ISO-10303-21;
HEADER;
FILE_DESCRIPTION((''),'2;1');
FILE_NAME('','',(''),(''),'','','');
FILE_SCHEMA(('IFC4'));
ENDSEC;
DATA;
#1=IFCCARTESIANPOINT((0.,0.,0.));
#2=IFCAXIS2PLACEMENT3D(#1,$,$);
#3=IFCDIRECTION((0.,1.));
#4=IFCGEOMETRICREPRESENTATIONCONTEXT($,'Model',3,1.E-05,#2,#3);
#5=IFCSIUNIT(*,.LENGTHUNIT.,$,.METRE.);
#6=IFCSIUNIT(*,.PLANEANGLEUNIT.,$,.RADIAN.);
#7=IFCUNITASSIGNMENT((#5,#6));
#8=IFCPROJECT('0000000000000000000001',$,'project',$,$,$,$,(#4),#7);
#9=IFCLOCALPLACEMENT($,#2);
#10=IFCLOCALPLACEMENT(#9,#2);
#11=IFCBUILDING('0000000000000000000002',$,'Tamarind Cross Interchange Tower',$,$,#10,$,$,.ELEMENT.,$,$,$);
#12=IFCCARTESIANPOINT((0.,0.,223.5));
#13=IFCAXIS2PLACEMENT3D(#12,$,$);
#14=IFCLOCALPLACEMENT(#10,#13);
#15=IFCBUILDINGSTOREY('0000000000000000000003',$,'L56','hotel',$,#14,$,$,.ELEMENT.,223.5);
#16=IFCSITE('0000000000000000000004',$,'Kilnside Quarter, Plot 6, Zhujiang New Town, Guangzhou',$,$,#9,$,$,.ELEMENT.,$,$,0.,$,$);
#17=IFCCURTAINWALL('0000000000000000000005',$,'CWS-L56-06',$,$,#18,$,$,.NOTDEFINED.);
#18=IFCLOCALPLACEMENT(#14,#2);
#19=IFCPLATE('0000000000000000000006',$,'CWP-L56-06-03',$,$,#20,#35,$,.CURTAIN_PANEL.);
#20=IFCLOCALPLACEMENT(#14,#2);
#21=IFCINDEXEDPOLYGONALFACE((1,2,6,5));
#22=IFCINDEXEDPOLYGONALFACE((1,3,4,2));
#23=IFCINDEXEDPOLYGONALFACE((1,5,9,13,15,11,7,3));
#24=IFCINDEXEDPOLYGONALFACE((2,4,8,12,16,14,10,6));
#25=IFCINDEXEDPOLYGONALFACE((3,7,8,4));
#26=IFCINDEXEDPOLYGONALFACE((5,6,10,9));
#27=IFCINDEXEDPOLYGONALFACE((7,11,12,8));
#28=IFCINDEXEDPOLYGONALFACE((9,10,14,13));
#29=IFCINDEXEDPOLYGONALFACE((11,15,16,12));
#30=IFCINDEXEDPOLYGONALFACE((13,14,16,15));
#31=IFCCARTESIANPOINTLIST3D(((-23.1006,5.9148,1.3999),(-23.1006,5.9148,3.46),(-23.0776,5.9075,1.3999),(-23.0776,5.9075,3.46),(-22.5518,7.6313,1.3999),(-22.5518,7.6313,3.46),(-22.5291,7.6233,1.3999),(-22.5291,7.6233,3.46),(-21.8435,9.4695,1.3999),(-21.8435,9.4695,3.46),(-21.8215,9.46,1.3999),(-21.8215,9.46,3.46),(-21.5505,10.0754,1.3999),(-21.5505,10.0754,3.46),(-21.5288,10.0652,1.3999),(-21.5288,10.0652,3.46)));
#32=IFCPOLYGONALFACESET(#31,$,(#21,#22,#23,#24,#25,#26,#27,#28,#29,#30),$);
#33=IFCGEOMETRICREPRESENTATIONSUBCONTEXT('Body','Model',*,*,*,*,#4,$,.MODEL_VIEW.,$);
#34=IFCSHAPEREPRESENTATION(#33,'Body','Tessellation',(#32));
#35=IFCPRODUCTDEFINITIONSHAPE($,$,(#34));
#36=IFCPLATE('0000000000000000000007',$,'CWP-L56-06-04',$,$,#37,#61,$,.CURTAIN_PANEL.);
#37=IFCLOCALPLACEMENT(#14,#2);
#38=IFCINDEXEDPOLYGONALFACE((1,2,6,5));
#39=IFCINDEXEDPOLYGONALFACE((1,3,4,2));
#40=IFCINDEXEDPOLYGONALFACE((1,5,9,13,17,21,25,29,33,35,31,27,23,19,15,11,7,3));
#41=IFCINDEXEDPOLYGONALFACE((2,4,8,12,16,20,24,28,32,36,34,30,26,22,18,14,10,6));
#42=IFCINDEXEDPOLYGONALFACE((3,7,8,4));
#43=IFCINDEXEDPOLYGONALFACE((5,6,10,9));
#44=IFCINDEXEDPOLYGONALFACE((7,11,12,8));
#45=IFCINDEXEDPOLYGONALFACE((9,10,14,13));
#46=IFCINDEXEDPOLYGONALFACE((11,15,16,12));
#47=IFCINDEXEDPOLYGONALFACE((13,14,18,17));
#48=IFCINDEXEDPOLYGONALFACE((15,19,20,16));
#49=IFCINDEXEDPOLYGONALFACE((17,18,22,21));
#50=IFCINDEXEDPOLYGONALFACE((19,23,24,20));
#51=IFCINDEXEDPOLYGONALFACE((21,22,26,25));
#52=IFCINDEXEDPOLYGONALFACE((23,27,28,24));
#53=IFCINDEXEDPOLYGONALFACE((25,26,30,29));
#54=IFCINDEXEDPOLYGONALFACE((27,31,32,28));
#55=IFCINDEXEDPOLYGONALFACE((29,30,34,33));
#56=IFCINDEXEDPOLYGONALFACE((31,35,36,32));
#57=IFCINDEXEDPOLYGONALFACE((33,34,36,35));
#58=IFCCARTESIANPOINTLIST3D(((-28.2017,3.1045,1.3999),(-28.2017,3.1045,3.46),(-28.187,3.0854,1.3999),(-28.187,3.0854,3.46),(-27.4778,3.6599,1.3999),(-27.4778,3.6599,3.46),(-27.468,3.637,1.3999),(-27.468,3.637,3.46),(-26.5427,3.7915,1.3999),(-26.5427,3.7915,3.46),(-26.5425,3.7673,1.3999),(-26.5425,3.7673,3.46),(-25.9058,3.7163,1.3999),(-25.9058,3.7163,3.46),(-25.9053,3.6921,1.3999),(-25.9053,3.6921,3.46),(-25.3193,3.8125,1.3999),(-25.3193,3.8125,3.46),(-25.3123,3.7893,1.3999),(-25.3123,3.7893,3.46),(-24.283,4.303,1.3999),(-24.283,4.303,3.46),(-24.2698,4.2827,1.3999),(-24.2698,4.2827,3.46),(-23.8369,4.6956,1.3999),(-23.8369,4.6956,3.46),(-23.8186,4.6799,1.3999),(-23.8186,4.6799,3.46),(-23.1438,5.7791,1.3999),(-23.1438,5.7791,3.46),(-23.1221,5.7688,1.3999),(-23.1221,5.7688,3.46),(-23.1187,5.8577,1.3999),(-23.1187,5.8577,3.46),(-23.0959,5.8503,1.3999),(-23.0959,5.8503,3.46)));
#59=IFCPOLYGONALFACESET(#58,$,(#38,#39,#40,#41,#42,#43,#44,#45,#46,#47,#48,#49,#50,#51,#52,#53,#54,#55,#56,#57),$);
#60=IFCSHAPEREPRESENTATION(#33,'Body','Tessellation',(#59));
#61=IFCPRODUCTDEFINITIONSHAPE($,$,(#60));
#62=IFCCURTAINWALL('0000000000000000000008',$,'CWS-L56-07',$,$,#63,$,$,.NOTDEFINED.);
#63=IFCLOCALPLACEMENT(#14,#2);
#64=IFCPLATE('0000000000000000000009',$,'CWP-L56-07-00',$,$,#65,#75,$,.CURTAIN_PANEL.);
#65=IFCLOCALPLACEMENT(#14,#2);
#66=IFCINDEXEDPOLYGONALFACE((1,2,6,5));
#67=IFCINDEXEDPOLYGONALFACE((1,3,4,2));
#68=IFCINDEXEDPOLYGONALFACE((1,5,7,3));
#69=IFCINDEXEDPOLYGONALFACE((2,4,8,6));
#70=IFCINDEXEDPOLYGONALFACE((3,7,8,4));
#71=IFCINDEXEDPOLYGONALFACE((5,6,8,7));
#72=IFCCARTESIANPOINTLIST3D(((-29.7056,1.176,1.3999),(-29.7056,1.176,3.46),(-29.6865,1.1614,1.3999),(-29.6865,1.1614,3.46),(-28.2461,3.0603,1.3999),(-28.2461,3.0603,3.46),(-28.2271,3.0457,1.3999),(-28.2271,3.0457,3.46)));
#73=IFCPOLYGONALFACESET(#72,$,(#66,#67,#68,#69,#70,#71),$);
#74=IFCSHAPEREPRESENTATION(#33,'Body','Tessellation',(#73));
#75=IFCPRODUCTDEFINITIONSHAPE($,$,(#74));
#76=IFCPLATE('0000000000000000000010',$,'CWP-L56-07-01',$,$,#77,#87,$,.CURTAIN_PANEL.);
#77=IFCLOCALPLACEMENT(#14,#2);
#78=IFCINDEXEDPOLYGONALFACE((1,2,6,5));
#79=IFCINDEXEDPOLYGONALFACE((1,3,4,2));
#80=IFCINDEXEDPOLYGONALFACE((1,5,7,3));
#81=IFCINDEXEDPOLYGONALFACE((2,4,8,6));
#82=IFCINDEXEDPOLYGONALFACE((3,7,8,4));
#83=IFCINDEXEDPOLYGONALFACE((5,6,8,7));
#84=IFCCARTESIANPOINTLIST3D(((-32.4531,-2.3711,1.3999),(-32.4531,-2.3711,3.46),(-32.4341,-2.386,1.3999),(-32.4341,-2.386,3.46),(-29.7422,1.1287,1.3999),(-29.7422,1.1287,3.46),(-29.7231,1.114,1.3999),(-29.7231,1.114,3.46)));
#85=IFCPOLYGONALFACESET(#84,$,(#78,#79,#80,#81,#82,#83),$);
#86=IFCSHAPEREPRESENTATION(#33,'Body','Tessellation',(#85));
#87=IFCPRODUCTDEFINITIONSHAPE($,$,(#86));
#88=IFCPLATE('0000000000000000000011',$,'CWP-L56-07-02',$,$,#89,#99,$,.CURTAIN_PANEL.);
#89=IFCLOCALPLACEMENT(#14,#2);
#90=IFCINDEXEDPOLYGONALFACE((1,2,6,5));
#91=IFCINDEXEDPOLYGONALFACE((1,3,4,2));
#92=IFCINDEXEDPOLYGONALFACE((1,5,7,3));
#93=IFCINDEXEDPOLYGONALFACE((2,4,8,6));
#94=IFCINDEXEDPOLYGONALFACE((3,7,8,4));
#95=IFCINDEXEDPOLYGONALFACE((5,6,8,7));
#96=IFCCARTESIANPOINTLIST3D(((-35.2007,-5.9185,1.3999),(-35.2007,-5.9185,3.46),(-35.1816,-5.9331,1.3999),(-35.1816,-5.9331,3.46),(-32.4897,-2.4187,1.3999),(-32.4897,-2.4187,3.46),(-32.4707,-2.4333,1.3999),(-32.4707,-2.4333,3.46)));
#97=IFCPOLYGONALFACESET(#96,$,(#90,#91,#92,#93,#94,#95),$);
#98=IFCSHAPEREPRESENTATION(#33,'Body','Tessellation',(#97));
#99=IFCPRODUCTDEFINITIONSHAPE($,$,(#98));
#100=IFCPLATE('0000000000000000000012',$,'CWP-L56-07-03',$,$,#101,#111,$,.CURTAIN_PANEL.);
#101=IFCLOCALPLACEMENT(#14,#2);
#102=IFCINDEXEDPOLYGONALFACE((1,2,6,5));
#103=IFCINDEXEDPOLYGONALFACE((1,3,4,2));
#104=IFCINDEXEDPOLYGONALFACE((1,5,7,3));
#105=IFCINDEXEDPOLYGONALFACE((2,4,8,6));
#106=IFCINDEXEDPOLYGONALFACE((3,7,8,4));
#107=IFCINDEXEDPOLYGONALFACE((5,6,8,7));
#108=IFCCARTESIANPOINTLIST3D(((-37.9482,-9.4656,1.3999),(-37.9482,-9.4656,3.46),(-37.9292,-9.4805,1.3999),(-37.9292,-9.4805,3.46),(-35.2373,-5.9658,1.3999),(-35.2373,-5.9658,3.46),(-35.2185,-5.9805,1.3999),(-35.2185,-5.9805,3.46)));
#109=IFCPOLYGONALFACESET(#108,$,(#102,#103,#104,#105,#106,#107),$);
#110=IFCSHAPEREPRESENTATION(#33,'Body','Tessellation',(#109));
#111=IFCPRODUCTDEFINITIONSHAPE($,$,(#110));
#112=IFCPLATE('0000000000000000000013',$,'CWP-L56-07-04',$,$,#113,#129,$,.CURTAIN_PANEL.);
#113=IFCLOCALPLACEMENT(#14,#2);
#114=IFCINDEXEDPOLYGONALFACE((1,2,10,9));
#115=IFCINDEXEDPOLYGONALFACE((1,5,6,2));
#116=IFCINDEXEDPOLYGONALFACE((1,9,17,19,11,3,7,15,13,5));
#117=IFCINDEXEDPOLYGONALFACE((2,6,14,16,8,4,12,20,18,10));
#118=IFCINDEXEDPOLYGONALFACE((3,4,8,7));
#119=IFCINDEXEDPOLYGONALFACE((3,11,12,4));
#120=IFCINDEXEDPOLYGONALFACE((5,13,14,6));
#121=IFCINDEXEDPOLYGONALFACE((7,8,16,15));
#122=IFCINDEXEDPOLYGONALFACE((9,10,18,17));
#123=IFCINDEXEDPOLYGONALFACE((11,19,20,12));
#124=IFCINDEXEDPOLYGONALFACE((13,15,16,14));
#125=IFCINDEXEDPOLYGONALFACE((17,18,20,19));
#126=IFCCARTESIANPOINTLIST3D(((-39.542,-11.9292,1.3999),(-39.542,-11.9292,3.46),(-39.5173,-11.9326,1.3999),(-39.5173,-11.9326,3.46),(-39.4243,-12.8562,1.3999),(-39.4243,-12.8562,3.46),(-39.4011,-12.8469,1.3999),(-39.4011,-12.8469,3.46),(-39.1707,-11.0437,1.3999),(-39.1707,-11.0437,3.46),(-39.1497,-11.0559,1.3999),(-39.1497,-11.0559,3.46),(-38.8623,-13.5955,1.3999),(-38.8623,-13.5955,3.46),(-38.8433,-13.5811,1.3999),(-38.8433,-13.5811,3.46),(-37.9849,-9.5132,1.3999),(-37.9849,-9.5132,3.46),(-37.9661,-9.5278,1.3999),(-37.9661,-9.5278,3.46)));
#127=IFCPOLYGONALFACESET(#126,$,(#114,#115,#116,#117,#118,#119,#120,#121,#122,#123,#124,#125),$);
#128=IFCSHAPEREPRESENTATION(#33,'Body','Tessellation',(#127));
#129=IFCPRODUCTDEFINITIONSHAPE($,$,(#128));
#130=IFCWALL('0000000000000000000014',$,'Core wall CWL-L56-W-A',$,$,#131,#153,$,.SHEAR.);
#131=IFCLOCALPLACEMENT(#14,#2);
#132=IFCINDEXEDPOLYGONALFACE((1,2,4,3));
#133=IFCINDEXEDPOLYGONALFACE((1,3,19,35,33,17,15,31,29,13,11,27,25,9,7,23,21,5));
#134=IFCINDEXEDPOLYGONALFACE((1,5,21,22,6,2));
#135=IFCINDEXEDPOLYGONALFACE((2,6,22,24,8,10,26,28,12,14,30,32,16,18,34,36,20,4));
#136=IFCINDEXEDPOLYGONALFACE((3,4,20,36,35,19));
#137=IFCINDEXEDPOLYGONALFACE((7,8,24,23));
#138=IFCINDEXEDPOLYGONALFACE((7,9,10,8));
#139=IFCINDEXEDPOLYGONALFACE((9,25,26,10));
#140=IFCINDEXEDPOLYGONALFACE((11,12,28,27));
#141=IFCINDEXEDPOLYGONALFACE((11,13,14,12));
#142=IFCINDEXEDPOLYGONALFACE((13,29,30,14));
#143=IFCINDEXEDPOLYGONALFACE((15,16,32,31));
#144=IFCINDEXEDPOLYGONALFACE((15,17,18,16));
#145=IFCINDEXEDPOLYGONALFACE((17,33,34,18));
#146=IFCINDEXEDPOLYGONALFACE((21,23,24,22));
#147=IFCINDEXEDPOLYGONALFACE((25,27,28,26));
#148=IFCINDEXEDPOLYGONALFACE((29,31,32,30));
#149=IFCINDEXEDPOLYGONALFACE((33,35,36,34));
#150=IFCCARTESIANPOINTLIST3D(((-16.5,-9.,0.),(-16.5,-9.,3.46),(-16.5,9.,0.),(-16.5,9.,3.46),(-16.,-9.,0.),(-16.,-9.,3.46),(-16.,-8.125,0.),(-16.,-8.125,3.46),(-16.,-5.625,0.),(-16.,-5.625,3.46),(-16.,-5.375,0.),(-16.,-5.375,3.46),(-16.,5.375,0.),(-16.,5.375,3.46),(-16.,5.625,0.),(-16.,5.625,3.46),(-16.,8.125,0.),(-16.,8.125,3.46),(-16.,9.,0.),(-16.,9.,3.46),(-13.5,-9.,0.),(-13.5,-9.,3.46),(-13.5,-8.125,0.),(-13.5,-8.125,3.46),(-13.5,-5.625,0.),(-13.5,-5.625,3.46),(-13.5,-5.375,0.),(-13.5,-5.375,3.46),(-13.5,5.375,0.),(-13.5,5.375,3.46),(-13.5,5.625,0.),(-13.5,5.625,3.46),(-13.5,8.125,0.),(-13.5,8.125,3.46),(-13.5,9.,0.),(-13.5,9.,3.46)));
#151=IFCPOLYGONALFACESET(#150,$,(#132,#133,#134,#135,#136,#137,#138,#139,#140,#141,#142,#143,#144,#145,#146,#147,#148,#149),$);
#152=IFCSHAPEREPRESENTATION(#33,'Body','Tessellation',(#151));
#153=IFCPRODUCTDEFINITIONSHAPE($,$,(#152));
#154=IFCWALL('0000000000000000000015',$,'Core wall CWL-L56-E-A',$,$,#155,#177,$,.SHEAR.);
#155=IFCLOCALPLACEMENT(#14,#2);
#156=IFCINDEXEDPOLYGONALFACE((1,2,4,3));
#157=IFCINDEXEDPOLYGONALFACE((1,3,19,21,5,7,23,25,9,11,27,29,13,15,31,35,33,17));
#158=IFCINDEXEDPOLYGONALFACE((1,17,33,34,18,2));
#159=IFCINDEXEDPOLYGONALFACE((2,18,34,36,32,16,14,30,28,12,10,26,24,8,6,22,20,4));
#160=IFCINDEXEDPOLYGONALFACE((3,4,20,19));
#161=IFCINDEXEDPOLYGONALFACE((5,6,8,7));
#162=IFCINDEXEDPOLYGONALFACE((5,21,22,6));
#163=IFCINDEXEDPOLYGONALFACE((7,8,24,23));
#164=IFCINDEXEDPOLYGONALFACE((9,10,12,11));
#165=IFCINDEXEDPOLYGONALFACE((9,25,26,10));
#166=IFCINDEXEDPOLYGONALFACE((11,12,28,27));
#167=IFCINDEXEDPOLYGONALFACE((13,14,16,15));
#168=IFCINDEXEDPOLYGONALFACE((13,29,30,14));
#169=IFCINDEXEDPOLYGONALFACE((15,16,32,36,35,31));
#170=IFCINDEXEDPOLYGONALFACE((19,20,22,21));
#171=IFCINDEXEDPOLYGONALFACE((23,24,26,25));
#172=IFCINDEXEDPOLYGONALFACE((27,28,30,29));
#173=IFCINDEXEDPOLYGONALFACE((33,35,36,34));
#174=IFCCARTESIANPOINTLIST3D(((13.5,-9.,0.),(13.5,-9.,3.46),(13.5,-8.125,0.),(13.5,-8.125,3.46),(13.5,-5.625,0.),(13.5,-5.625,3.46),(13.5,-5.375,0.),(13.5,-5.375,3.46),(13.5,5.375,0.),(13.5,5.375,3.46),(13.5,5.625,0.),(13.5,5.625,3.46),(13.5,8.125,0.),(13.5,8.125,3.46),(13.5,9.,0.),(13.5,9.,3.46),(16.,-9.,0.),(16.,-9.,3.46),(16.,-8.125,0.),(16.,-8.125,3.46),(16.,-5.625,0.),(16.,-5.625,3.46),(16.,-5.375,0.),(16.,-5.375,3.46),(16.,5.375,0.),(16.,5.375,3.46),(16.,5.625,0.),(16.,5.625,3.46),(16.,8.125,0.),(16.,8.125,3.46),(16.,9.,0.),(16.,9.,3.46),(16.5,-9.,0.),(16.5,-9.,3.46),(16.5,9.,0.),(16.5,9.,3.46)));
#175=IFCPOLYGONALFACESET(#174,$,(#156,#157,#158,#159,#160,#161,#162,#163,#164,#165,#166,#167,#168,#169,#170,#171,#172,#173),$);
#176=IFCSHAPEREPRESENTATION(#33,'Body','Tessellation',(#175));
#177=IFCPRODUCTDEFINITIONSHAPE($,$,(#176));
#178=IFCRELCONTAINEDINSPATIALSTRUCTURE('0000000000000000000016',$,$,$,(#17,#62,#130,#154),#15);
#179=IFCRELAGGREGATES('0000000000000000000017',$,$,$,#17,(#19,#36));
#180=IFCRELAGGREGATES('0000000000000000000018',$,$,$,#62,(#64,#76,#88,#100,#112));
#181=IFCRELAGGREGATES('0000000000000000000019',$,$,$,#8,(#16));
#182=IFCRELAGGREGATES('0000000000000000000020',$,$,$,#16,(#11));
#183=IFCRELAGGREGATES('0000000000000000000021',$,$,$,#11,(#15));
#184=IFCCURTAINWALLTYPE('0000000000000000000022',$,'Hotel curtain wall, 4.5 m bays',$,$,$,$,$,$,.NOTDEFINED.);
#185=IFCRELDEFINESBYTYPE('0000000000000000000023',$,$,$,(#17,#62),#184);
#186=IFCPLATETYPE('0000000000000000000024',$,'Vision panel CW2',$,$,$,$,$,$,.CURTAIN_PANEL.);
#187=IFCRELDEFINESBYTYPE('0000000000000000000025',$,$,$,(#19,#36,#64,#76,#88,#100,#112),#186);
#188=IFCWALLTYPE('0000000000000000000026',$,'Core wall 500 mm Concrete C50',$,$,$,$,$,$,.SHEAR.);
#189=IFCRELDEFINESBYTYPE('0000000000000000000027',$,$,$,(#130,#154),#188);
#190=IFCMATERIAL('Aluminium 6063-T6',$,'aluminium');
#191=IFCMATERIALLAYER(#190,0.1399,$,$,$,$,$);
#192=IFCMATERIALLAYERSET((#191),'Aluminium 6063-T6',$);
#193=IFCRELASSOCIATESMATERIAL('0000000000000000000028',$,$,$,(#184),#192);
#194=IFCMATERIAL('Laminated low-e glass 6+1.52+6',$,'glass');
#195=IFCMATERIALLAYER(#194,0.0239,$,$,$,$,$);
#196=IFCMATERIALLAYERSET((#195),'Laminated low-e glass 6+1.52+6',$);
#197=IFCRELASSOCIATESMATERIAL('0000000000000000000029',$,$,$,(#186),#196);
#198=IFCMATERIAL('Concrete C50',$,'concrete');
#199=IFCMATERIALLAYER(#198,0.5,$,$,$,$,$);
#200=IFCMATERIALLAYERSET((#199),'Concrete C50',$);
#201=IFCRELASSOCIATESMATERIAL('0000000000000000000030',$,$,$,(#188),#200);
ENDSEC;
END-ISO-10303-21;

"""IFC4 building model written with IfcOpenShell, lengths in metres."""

from ifc_helpers import new_model, si_unit, direction, frame, origin, place, context, subcontext, project, spatial, polyline, outline, extrude, material, layer, layer_set, type_object, element, aggregate, save


model = new_model("IFC4")

# Units and contexts
model_context = context("Model", 3, precision=1e-05, world=origin(), true_north=direction((0.0, 1.0)))
body_context = subcontext(model_context, "Body", "Model", "MODEL_VIEW")
ifc_project = project(units=[si_unit("LENGTHUNIT", "METRE"), si_unit("PLANEANGLEUNIT", "RADIAN")], contexts=[model_context])

# Site, building, storey
site_placement = place(None, origin())
site = spatial("IfcSite", under=ifc_project, at=site_placement, Name="Kilnside Quarter, Plot 6, Zhujiang New Town, Guangzhou", CompositionType="ELEMENT", RefElevation=0.0)
building_placement = place(site_placement, origin())
building = spatial("IfcBuilding", under=site, at=building_placement, Name="Tamarind Cross Interchange Tower", CompositionType="ELEMENT")
storey_placement = place(building_placement, frame((0.0, 0.0, 223.5)))
storey = spatial("IfcBuildingStorey", under=building, at=storey_placement, Name="L56", Description="hotel", CompositionType="ELEMENT", Elevation=223.5)

# Curtain walls, plates
ifc_material_1 = material(Name="Aluminium 6063-T6", Category="aluminium")
ifc_layer_1 = layer(ifc_material_1, 0.1399)
ifc_layer_set_1 = layer_set([ifc_layer_1], Name="Aluminium 6063-T6")
curtain_wall_type = type_object("IfcCurtainWallType", Name="Hotel curtain wall, 4.5 m bays", PredefinedType="NOTDEFINED", material=ifc_layer_set_1)
ifc_material_2 = material(Name="Laminated low-e glass 6+1.52+6", Category="glass")
ifc_layer_2 = layer(ifc_material_2, 0.0239)
ifc_layer_set_2 = layer_set([ifc_layer_2], Name="Laminated low-e glass 6+1.52+6")
plate_type = type_object("IfcPlateType", Name="Vision panel CW2", PredefinedType="CURTAIN_PANEL", material=ifc_layer_set_2)
curtain_wall_1_placement = place(storey_placement, origin())
curtain_wall_1 = element("IfcCurtainWall", 1, at=curtain_wall_1_placement, inside=storey, type_object=curtain_wall_type, Name="CWS-L56-06", PredefinedType="NOTDEFINED")
plate_1_placement = place(storey_placement, frame((0.0, 0.0, 1.3999)))
plate_1 = element("IfcPlate", 2, at=plate_1_placement, type_object=plate_type, Name="CWP-L56-06-03", PredefinedType="CURTAIN_PANEL", context=body_context, shape_type="SweptSolid", body=[
    extrude(outline(polyline([(-21.5288, 10.0652), (-21.8215, 9.46), (-22.5291, 7.6233), (-23.0776, 5.9075), (-23.1006, 5.9148), (-22.5518, 7.6313), (-21.8435, 9.4695), (-21.5505, 10.0754), (-21.5288, 10.0652)])), origin(), (0.0, 0.0, 1.0), 2.0601),
])
plate_2_placement = place(storey_placement, frame((0.0, 0.0, 1.3999)))
plate_2 = element("IfcPlate", 3, at=plate_2_placement, type_object=plate_type, Name="CWP-L56-06-04", PredefinedType="CURTAIN_PANEL", context=body_context, shape_type="SweptSolid", body=[
    extrude(outline(polyline([(-23.0959, 5.8503), (-23.1221, 5.7688), (-23.8186, 4.6799), (-24.2698, 4.2827), (-25.3123, 3.7893), (-25.9053, 3.6921), (-26.5425, 3.7673), (-27.468, 3.637), (-28.187, 3.0854), (-28.2017, 3.1045), (-27.4778, 3.6599), (-26.5427, 3.7915), (-25.9058, 3.7163), (-25.3193, 3.8125), (-24.283, 4.303), (-23.8369, 4.6956), (-23.1438, 5.7791), (-23.1187, 5.8577), (-23.0959, 5.8503)])), origin(), (0.0, 0.0, 1.0), 2.0601),
])
aggregate(curtain_wall_1, [plate_1, plate_2])
curtain_wall_2_placement = place(storey_placement, origin())
curtain_wall_2 = element("IfcCurtainWall", 4, at=curtain_wall_2_placement, inside=storey, type_object=curtain_wall_type, Name="CWS-L56-07", PredefinedType="NOTDEFINED")
plate_3_placement = place(storey_placement, frame((0.0, 0.0, 1.3999)))
plate_3 = element("IfcPlate", 5, at=plate_3_placement, type_object=plate_type, Name="CWP-L56-07-00", PredefinedType="CURTAIN_PANEL", context=body_context, shape_type="SweptSolid", body=[
    extrude(outline(polyline([(-28.2271, 3.0457), (-29.6865, 1.1614), (-29.7056, 1.176), (-28.2461, 3.0603), (-28.2271, 3.0457)])), origin(), (0.0, 0.0, 1.0), 2.0601),
])
plate_4_placement = place(storey_placement, frame((0.0, 0.0, 1.3999)))
plate_4 = element("IfcPlate", 6, at=plate_4_placement, type_object=plate_type, Name="CWP-L56-07-01", PredefinedType="CURTAIN_PANEL", context=body_context, shape_type="SweptSolid", body=[
    extrude(outline(polyline([(-29.7231, 1.114), (-32.4341, -2.386), (-32.4531, -2.3711), (-29.7422, 1.1287), (-29.7231, 1.114)])), origin(), (0.0, 0.0, 1.0), 2.0601),
])
plate_5_placement = place(storey_placement, frame((0.0, 0.0, 1.3999)))
plate_5 = element("IfcPlate", 7, at=plate_5_placement, type_object=plate_type, Name="CWP-L56-07-02", PredefinedType="CURTAIN_PANEL", context=body_context, shape_type="SweptSolid", body=[
    extrude(outline(polyline([(-32.4707, -2.4333), (-35.1816, -5.9331), (-35.2007, -5.9185), (-32.4897, -2.4187), (-32.4707, -2.4333)])), origin(), (0.0, 0.0, 1.0), 2.0601),
])
plate_6_placement = place(storey_placement, frame((0.0, 0.0, 1.3999)))
plate_6 = element("IfcPlate", 8, at=plate_6_placement, type_object=plate_type, Name="CWP-L56-07-03", PredefinedType="CURTAIN_PANEL", context=body_context, shape_type="SweptSolid", body=[
    extrude(outline(polyline([(-35.2185, -5.9805), (-37.9292, -9.4805), (-37.9482, -9.4656), (-35.2373, -5.9658), (-35.2185, -5.9805)])), origin(), (0.0, 0.0, 1.0), 2.0601),
])
plate_7_placement = place(storey_placement, frame((0.0, 0.0, 1.3999)))
plate_7 = element("IfcPlate", 9, at=plate_7_placement, type_object=plate_type, Name="CWP-L56-07-04", PredefinedType="CURTAIN_PANEL", context=body_context, shape_type="SweptSolid", body=[
    extrude(outline(polyline([(-37.9661, -9.5278), (-39.1497, -11.0559), (-39.5173, -11.9326), (-39.4011, -12.8469), (-38.8433, -13.5811), (-38.8623, -13.5955), (-39.4243, -12.8562), (-39.542, -11.9292), (-39.1707, -11.0437), (-37.9849, -9.5132), (-37.9661, -9.5278)])), origin(), (0.0, 0.0, 1.0), 2.0601),
])
aggregate(curtain_wall_2, [plate_3, plate_4, plate_5, plate_6, plate_7])

# Walls
ifc_material_3 = material(Name="Concrete C50", Category="concrete")
ifc_layer_3 = layer(ifc_material_3, 0.5)
ifc_layer_set_3 = layer_set([ifc_layer_3], Name="Concrete C50")
wall_type_1 = type_object("IfcWallType", Name="Core wall 500 mm Concrete C50", PredefinedType="SHEAR", material=ifc_layer_set_3)
wall_1_placement = place(storey_placement, origin())
element("IfcWall", 10, at=wall_1_placement, inside=storey, type_object=wall_type_1, Name="Core wall CWL-L56-W-A", PredefinedType="SHEAR", context=body_context, shape_type="SweptSolid", body=[
    extrude(outline(polyline([(-13.5, -8.125), (-16.0, -8.125), (-16.0, -5.625), (-13.5, -5.625), (-13.5, -5.375), (-16.0, -5.375), (-16.0, 5.375), (-13.5, 5.375), (-13.5, 5.625), (-16.0, 5.625), (-16.0, 8.125), (-13.5, 8.125), (-13.5, 9.0), (-16.0, 9.0), (-16.5, 9.0), (-16.5, -9.0), (-16.0, -9.0), (-13.5, -9.0), (-13.5, -8.125)])), origin(), (0.0, 0.0, 1.0), 3.46),
])
wall_2_placement = place(storey_placement, origin())
element("IfcWall", 11, at=wall_2_placement, inside=storey, type_object=wall_type_1, Name="Core wall CWL-L56-E-A", PredefinedType="SHEAR", context=body_context, shape_type="SweptSolid", body=[
    extrude(outline(polyline([(13.5, -8.125), (13.5, -9.0), (16.0, -9.0), (16.5, -9.0), (16.5, 9.0), (16.0, 9.0), (13.5, 9.0), (13.5, 8.125), (16.0, 8.125), (16.0, 5.625), (13.5, 5.625), (13.5, 5.375), (16.0, 5.375), (16.0, -5.375), (13.5, -5.375), (13.5, -5.625), (16.0, -5.625), (16.0, -8.125), (13.5, -8.125)])), origin(), (0.0, 0.0, 1.0), 3.46),
])

save(model, "model.ifc")
